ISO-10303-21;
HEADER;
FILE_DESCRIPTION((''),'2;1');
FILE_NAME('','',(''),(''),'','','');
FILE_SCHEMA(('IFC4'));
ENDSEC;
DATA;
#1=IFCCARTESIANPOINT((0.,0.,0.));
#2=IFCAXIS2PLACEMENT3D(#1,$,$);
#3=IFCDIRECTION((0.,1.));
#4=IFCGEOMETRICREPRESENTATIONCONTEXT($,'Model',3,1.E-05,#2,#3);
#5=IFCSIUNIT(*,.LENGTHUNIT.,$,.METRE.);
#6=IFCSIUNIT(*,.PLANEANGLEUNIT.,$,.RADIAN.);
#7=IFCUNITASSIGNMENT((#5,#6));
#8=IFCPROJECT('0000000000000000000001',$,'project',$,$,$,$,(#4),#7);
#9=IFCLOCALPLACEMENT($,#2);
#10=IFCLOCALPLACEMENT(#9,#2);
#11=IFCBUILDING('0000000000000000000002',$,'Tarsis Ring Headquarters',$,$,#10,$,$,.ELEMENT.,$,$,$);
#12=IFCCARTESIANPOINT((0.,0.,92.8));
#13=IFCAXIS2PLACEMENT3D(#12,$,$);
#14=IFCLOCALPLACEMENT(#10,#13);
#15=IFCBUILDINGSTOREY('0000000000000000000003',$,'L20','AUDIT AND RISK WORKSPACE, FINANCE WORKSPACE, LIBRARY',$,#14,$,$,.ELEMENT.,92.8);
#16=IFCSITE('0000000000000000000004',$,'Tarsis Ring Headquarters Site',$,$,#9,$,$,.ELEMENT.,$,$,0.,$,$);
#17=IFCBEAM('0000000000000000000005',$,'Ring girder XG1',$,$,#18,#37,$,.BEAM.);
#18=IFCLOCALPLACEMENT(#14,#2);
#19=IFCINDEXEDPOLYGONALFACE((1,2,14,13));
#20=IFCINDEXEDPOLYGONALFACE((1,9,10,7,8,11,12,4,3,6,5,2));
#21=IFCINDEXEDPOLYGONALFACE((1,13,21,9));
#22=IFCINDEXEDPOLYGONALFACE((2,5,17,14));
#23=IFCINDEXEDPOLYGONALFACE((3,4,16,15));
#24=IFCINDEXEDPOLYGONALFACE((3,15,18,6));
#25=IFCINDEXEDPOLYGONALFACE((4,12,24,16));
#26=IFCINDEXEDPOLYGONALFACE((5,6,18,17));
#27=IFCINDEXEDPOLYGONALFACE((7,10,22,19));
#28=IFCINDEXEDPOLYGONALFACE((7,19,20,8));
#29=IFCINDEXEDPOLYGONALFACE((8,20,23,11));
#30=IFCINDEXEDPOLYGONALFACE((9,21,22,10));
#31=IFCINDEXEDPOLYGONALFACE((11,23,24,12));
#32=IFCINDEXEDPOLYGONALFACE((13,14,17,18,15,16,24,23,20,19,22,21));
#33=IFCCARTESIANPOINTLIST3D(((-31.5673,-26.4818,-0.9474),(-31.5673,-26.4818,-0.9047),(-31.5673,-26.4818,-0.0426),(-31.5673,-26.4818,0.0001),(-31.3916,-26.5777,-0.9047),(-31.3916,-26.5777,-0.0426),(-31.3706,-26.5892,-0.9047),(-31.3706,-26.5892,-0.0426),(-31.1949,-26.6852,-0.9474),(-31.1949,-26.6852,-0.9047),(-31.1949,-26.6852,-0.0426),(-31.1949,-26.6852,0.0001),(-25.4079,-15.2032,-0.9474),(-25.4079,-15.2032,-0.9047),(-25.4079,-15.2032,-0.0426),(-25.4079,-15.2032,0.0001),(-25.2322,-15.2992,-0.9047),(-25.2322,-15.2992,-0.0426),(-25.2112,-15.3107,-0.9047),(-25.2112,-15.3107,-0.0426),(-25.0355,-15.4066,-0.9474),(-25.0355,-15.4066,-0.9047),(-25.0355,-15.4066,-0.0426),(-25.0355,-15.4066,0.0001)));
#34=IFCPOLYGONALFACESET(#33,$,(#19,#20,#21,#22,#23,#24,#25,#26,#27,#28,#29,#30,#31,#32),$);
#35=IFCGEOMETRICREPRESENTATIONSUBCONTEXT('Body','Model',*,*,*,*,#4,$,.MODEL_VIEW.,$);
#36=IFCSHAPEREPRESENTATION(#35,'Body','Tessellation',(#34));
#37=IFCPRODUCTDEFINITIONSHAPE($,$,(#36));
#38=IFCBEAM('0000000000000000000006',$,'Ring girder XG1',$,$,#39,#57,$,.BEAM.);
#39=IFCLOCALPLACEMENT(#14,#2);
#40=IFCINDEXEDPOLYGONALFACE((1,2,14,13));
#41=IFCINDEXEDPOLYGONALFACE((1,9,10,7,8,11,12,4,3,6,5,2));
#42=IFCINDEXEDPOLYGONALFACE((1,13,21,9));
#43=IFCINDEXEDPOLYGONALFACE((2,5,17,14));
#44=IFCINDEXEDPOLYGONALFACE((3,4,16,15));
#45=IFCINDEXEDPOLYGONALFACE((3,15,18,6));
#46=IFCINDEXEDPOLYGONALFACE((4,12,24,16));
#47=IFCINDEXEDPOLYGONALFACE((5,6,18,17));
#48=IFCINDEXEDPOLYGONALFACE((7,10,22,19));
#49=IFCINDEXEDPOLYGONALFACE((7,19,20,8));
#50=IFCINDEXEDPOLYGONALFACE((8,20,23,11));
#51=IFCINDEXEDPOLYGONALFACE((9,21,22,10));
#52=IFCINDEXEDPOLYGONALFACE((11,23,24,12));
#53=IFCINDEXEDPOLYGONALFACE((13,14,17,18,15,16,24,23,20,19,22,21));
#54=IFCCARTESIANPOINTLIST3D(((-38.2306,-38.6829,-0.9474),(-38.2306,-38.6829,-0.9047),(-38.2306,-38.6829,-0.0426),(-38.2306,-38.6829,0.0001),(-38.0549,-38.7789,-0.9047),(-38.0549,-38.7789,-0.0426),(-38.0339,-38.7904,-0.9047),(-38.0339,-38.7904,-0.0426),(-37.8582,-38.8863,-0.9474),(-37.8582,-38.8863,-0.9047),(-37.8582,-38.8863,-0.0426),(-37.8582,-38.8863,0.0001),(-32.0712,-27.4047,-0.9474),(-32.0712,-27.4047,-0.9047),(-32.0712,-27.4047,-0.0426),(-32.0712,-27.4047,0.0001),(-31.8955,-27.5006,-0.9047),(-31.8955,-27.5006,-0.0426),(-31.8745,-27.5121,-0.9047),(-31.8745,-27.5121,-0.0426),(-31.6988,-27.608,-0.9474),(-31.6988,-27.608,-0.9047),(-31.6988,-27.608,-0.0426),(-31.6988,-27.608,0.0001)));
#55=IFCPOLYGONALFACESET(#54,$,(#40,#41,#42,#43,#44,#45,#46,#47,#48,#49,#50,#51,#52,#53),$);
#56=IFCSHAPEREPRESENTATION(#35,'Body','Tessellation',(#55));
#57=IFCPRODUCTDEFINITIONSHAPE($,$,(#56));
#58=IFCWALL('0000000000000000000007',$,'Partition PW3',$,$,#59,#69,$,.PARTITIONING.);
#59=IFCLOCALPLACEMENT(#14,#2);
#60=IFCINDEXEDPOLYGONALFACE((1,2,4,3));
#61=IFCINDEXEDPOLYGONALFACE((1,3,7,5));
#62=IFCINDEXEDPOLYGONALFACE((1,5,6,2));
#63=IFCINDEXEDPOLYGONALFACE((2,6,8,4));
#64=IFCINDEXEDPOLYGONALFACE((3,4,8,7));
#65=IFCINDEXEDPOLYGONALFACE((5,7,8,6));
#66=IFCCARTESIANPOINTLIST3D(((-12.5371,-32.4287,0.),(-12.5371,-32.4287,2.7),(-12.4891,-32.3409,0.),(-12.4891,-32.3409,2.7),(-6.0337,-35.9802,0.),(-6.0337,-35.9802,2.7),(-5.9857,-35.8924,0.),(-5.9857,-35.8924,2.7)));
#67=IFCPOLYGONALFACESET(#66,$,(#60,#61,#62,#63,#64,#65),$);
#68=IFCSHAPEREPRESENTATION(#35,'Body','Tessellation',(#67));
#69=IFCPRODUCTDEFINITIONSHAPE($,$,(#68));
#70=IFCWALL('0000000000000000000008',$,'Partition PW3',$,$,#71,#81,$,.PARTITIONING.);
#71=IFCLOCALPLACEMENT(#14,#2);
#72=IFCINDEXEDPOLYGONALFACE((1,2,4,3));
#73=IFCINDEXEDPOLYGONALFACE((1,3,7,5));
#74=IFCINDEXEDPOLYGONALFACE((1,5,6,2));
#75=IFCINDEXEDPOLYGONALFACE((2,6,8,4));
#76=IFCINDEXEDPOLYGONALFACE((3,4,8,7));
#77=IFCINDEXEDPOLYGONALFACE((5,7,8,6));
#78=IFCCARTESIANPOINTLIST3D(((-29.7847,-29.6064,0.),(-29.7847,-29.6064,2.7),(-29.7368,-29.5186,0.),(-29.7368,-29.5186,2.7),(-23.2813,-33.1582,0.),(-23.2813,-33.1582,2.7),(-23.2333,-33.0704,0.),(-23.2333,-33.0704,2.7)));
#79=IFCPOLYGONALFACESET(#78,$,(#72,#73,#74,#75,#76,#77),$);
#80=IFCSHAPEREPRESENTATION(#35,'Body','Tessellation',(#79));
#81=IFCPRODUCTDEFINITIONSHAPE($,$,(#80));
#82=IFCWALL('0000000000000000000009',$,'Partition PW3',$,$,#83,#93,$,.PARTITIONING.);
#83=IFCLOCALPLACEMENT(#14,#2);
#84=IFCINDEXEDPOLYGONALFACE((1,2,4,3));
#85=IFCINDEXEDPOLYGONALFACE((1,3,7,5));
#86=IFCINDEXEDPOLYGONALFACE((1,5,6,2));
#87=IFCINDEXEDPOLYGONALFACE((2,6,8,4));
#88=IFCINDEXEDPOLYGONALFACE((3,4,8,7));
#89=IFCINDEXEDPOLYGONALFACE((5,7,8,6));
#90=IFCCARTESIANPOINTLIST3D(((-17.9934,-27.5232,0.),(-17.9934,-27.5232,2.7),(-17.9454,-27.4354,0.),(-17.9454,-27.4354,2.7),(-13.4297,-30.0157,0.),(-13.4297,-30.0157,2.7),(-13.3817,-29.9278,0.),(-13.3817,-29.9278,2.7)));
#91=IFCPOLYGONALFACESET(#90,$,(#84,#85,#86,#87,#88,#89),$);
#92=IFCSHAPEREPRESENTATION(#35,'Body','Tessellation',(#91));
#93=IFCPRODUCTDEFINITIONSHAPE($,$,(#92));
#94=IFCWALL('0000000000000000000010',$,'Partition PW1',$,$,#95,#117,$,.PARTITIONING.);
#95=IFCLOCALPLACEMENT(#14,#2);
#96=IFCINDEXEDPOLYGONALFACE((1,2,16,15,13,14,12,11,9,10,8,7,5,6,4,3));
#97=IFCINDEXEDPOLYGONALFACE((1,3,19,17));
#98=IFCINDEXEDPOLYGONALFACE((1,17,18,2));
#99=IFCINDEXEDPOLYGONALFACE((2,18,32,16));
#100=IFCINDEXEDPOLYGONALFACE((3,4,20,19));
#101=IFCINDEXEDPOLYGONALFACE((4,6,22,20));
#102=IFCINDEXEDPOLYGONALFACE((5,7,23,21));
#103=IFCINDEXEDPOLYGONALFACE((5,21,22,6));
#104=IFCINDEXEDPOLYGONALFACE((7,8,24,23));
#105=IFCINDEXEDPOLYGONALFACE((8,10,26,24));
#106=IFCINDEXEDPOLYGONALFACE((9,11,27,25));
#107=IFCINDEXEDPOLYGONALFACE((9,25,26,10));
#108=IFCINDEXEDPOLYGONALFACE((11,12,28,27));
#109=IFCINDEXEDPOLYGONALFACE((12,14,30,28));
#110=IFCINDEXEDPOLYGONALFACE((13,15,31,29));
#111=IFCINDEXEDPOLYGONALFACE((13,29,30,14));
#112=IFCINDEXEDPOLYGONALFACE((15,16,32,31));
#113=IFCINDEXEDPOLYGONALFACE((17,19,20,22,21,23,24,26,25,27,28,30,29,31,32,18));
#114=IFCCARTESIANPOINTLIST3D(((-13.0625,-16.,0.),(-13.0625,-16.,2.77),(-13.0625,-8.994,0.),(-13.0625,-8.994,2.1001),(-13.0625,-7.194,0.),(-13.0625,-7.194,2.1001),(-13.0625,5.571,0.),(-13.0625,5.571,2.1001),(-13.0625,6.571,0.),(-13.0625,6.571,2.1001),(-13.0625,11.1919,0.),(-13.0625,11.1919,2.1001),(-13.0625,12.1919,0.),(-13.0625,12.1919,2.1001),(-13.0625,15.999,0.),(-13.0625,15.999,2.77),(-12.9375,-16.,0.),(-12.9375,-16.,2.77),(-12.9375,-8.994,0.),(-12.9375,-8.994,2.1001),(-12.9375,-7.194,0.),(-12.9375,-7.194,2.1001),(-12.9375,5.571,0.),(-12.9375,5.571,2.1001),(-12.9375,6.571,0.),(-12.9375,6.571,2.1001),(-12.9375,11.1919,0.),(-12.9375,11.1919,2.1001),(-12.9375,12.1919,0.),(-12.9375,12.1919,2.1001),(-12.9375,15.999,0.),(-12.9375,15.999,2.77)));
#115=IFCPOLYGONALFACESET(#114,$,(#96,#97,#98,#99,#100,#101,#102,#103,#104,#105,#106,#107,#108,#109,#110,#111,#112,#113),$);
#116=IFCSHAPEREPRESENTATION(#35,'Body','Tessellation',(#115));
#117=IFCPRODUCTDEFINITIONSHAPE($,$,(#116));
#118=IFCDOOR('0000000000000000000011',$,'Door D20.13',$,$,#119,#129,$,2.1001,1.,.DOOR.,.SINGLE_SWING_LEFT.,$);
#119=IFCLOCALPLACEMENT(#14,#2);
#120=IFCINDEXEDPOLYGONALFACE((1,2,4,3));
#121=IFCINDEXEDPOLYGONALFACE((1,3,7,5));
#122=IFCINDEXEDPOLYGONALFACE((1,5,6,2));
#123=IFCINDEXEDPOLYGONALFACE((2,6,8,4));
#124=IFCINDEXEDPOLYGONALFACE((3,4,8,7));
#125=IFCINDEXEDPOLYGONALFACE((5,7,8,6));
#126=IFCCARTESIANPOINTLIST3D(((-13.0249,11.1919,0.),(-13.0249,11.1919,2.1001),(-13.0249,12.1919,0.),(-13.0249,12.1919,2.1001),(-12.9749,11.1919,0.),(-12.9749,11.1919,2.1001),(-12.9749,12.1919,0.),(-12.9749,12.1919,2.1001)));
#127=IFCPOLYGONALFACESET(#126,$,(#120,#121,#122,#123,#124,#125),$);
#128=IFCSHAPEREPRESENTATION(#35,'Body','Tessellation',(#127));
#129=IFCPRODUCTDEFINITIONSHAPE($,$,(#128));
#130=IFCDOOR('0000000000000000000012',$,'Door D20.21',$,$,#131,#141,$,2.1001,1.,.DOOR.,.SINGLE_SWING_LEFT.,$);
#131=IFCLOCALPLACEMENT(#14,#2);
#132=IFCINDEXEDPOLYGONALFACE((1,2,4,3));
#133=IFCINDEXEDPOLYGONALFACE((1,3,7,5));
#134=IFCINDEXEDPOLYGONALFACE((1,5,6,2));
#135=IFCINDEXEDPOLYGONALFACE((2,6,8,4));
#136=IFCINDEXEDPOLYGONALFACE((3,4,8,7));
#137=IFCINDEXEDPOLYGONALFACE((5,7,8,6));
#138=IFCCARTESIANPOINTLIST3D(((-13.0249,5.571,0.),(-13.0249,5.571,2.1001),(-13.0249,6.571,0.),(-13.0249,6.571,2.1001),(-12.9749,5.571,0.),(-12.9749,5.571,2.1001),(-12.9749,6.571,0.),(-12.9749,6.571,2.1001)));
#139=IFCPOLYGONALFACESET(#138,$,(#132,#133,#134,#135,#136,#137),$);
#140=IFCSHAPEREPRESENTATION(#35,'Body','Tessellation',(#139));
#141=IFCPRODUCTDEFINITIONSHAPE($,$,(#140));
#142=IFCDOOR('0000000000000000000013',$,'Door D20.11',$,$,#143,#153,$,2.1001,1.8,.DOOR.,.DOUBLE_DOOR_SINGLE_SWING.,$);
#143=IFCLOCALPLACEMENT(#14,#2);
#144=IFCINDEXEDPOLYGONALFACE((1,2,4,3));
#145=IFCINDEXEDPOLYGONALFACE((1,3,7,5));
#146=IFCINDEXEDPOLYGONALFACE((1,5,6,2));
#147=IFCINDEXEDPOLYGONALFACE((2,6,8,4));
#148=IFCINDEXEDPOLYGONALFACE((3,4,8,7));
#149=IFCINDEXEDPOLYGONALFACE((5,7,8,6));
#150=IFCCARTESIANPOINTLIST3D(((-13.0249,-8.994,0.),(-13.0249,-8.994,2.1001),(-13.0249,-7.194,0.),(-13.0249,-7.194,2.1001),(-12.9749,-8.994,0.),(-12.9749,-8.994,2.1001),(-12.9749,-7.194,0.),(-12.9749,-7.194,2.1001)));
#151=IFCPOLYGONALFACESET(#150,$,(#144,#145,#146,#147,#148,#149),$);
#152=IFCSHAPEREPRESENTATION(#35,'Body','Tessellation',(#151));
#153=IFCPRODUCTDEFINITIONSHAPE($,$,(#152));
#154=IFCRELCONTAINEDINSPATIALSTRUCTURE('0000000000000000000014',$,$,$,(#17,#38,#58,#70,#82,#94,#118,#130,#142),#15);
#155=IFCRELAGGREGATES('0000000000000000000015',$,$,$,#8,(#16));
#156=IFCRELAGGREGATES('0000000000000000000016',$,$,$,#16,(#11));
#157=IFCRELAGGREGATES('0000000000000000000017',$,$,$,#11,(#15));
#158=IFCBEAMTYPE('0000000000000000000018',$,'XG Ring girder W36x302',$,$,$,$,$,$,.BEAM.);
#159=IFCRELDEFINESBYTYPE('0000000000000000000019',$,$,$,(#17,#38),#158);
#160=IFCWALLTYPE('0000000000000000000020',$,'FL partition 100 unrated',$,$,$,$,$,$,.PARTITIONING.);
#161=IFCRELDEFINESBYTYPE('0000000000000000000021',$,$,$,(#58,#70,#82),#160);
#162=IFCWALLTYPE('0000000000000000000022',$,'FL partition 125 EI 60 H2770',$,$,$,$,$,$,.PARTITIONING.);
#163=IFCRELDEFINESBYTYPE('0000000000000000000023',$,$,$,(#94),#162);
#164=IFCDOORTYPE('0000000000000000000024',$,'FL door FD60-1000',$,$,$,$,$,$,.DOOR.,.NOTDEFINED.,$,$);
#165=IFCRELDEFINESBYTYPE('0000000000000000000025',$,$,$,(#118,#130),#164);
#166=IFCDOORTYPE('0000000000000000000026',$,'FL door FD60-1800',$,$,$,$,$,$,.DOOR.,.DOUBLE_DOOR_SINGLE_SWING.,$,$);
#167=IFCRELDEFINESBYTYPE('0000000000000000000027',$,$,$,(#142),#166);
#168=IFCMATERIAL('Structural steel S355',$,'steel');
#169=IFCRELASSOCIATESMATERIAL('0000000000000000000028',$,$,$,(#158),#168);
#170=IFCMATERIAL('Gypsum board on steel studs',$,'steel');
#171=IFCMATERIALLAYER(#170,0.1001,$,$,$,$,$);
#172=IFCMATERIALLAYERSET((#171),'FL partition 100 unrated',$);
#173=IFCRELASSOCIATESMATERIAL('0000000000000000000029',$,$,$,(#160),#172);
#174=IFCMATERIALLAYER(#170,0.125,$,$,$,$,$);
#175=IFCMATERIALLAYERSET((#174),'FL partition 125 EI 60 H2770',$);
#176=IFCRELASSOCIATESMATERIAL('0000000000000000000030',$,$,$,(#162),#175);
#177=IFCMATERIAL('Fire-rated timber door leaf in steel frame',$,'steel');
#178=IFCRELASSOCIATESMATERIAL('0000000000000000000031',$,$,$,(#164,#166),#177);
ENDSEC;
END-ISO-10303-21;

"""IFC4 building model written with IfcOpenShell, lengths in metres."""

from ifc_helpers import new_model, si_unit, direction, frame, frame_2d, origin, origin_2d, place, context, subcontext, project, spatial, rectangle, i_section, extrude, material, layer, layer_set, material_profile, profile_set, type_object, element, fill, save


model = new_model("IFC4")

# Units and contexts
model_context = context("Model", 3, precision=1e-05, world=origin(), true_north=direction((0.0, 1.0)))
body_context = subcontext(model_context, "Body", "Model", "MODEL_VIEW")
ifc_project = project(units=[si_unit("LENGTHUNIT", "METRE"), si_unit("PLANEANGLEUNIT", "RADIAN")], contexts=[model_context])

# Site, building, storey
site_placement = place(None, origin())
site = spatial("IfcSite", under=ifc_project, at=site_placement, Name="Tarsis Ring Headquarters Site", CompositionType="ELEMENT", RefElevation=0.0)
building_placement = place(site_placement, origin())
building = spatial("IfcBuilding", under=site, at=building_placement, Name="Tarsis Ring Headquarters", CompositionType="ELEMENT")
storey_placement = place(building_placement, frame((0.0, 0.0, 92.8)))
storey = spatial("IfcBuildingStorey", under=building, at=storey_placement, Name="L20", Description="AUDIT AND RISK WORKSPACE, FINANCE WORKSPACE, LIBRARY", CompositionType="ELEMENT", Elevation=92.8)

# Shared definitions
ifc_material_1 = material(Name="Structural steel S355", Category="steel")

# Beams
ifc_material_profile_1 = material_profile(ifc_material_1, i_section(OverallWidth=0.4243, OverallDepth=0.9475, WebThickness=0.0239, FlangeThickness=0.0427, at=origin_2d()), Name="W36x302")
ifc_profile_set_1 = profile_set([ifc_material_profile_1], Name="Structural steel S355")
beam_type_1 = type_object("IfcBeamType", Name="XG Ring girder W36x302", PredefinedType="BEAM", material=ifc_profile_set_1)
beam_1_placement = place(storey_placement, frame((-25.2217, -15.3049, -0.4736), z_axis=(-0.479301, -0.877651, 0.0), x_axis=(0.877651, -0.479301, 0.0)))
element("IfcBeam", 1, at=beam_1_placement, inside=storey, type_object=beam_type_1, Name="Ring girder XG1", PredefinedType="BEAM", context=body_context, shape_type="SweptSolid", body=[
    extrude(i_section(OverallWidth=0.4243, OverallDepth=0.9475, WebThickness=0.0239, FlangeThickness=0.0427, at=origin_2d()), origin(), (0.0, 0.0, 1.0), 12.8508),
])
beam_2_placement = place(storey_placement, frame((-31.885, -27.5063, -0.4736), z_axis=(-0.479309, -0.877646, 0.0), x_axis=(0.877646, -0.479309, 0.0)))
element("IfcBeam", 2, at=beam_2_placement, inside=storey, type_object=beam_type_1, Name="Ring girder XG1", PredefinedType="BEAM", context=body_context, shape_type="SweptSolid", body=[
    extrude(i_section(OverallWidth=0.4243, OverallDepth=0.9475, WebThickness=0.0239, FlangeThickness=0.0427, at=origin_2d()), origin(), (0.0, 0.0, 1.0), 12.8506),
])

# Walls
ifc_material_2 = material(Name="Gypsum board on steel studs", Category="steel")
ifc_layer_1 = layer(ifc_material_2, 0.1001)
ifc_layer_set_1 = layer_set([ifc_layer_1], Name="FL partition 100 unrated")
wall_type_1 = type_object("IfcWallType", Name="FL partition 100 unrated", PredefinedType="PARTITIONING", material=ifc_layer_set_1)
wall_1_placement = place(storey_placement, frame((-12.5132, -32.3848, 0.0), z_axis=(0.0, 0.0, 1.0), x_axis=(0.877657, -0.479288, 0.0)))
element("IfcWall", 3, at=wall_1_placement, inside=storey, type_object=wall_type_1, Name="Partition PW3", PredefinedType="PARTITIONING", context=body_context, shape_type="SweptSolid", body=[
    extrude(rectangle(XDim=7.4099, YDim=0.1001, at=frame_2d((3.7051, 0.0))), origin(), (0.0, 0.0, 1.0), 2.7),
])
wall_2_placement = place(storey_placement, frame((-29.7607, -29.5625, 0.0), z_axis=(0.0, 0.0, 1.0), x_axis=(0.877644, -0.479314, 0.0)))
element("IfcWall", 4, at=wall_2_placement, inside=storey, type_object=wall_type_1, Name="Partition PW3", PredefinedType="PARTITIONING", context=body_context, shape_type="SweptSolid", body=[
    extrude(rectangle(XDim=7.4102, YDim=0.1001, at=frame_2d((3.7051, 0.0))), origin(), (0.0, 0.0, 1.0), 2.7),
])
wall_3_placement = place(storey_placement, frame((-17.9695, -27.4792, 0.0), z_axis=(0.0, 0.0, 1.0), x_axis=(0.877642, -0.479316, 0.0)))
element("IfcWall", 5, at=wall_3_placement, inside=storey, type_object=wall_type_1, Name="Partition PW3", PredefinedType="PARTITIONING", context=body_context, shape_type="SweptSolid", body=[
    extrude(rectangle(XDim=5.2, YDim=0.1001, at=frame_2d((2.6001, 0.0))), origin(), (0.0, 0.0, 1.0), 2.7),
])

# Wall, openings, doors
ifc_layer_2 = layer(ifc_material_2, 0.125)
ifc_layer_set_2 = layer_set([ifc_layer_2], Name="FL partition 125 EI 60 H2770")
wall_type_2 = type_object("IfcWallType", Name="FL partition 125 EI 60 H2770", PredefinedType="PARTITIONING", material=ifc_layer_set_2)
wall_4_placement = place(storey_placement, frame((-13.0, -16.0, 0.0), z_axis=(0.0, 0.0, 1.0), x_axis=(0.0, 1.0, 0.0)))
wall_4 = element("IfcWall", 6, at=wall_4_placement, inside=storey, type_object=wall_type_2, Name="Partition PW1", PredefinedType="PARTITIONING", context=body_context, shape_type="SweptSolid", body=[
    extrude(rectangle(XDim=31.999, YDim=0.125, at=frame_2d((15.9995, 0.0))), origin(), (0.0, 0.0, 1.0), 2.77),
])
opening_1_placement = place(wall_4_placement, frame((7.0061, 0.0, 0.0)))
opening_1 = element("IfcOpeningElement", 7, at=opening_1_placement, cuts=wall_4, PredefinedType="OPENING", context=body_context, shape_type="SweptSolid", body=[
    extrude(rectangle(XDim=1.8, YDim=2.1001, at=frame_2d((0.8999, 1.05))), frame((0.0, 0.0725, 0.0), z_axis=(0.0, -1.0, 0.0), x_axis=(1.0, 0.0, 0.0)), (0.0, 0.0, 1.0), 0.145),
])
opening_2_placement = place(wall_4_placement, frame((27.1919, 0.0, 0.0)))
opening_2 = element("IfcOpeningElement", 8, at=opening_2_placement, cuts=wall_4, PredefinedType="OPENING", context=body_context, shape_type="SweptSolid", body=[
    extrude(rectangle(XDim=1.0, YDim=2.1001, at=frame_2d((0.5, 1.05))), frame((0.0, 0.0725, 0.0), z_axis=(0.0, -1.0, 0.0), x_axis=(1.0, 0.0, 0.0)), (0.0, 0.0, 1.0), 0.145),
])
opening_3_placement = place(wall_4_placement, frame((21.571, 0.0, 0.0)))
opening_3 = element("IfcOpeningElement", 9, at=opening_3_placement, cuts=wall_4, PredefinedType="OPENING", context=body_context, shape_type="SweptSolid", body=[
    extrude(rectangle(XDim=1.0, YDim=2.1001, at=frame_2d((0.5, 1.05))), frame((0.0, 0.0725, 0.0), z_axis=(0.0, -1.0, 0.0), x_axis=(1.0, 0.0, 0.0)), (0.0, 0.0, 1.0), 0.145),
])
ifc_material_3 = material(Name="Fire-rated timber door leaf in steel frame", Category="steel")
door_type_1 = type_object("IfcDoorType", Name="FL door FD60-1000", OperationType="NOTDEFINED", PredefinedType="DOOR", material=ifc_material_3)
door_1_placement = place(opening_2_placement, origin())
door_1 = element("IfcDoor", 10, at=door_1_placement, inside=storey, type_object=door_type_1, Name="Door D20.13", OperationType="SINGLE_SWING_LEFT", OverallHeight=2.1001, OverallWidth=1.0, PredefinedType="DOOR", context=body_context, shape_type="SweptSolid", body=[
    extrude(rectangle(XDim=1.0, YDim=2.1001, at=frame_2d((0.5, 1.05))), frame((0.0, 0.0249, 0.0), z_axis=(0.0, -1.0, 0.0), x_axis=(1.0, 0.0, 0.0)), (0.0, 0.0, 1.0), 0.05),
])
fill(opening_2, door_1)
door_2_placement = place(opening_3_placement, origin())
door_2 = element("IfcDoor", 11, at=door_2_placement, inside=storey, type_object=door_type_1, Name="Door D20.21", OperationType="SINGLE_SWING_LEFT", OverallHeight=2.1001, OverallWidth=1.0, PredefinedType="DOOR", context=body_context, shape_type="SweptSolid", body=[
    extrude(rectangle(XDim=1.0, YDim=2.1001, at=frame_2d((0.5, 1.05))), frame((0.0, 0.0249, 0.0), z_axis=(0.0, -1.0, 0.0), x_axis=(1.0, 0.0, 0.0)), (0.0, 0.0, 1.0), 0.05),
])
fill(opening_3, door_2)
door_type_2 = type_object("IfcDoorType", Name="FL door FD60-1800", OperationType="DOUBLE_DOOR_SINGLE_SWING", PredefinedType="DOOR", material=ifc_material_3)
door_3_placement = place(opening_1_placement, origin())
door_3 = element("IfcDoor", 12, at=door_3_placement, inside=storey, type_object=door_type_2, Name="Door D20.11", OperationType="DOUBLE_DOOR_SINGLE_SWING", OverallHeight=2.1001, OverallWidth=1.8, PredefinedType="DOOR", context=body_context, shape_type="SweptSolid", body=[
    extrude(rectangle(XDim=1.8, YDim=2.1001, at=frame_2d((0.8999, 1.05))), frame((0.0, 0.0249, 0.0), z_axis=(0.0, -1.0, 0.0), x_axis=(1.0, 0.0, 0.0)), (0.0, 0.0, 1.0), 0.05),
])
fill(opening_1, door_3)

save(model, "model.ifc")
